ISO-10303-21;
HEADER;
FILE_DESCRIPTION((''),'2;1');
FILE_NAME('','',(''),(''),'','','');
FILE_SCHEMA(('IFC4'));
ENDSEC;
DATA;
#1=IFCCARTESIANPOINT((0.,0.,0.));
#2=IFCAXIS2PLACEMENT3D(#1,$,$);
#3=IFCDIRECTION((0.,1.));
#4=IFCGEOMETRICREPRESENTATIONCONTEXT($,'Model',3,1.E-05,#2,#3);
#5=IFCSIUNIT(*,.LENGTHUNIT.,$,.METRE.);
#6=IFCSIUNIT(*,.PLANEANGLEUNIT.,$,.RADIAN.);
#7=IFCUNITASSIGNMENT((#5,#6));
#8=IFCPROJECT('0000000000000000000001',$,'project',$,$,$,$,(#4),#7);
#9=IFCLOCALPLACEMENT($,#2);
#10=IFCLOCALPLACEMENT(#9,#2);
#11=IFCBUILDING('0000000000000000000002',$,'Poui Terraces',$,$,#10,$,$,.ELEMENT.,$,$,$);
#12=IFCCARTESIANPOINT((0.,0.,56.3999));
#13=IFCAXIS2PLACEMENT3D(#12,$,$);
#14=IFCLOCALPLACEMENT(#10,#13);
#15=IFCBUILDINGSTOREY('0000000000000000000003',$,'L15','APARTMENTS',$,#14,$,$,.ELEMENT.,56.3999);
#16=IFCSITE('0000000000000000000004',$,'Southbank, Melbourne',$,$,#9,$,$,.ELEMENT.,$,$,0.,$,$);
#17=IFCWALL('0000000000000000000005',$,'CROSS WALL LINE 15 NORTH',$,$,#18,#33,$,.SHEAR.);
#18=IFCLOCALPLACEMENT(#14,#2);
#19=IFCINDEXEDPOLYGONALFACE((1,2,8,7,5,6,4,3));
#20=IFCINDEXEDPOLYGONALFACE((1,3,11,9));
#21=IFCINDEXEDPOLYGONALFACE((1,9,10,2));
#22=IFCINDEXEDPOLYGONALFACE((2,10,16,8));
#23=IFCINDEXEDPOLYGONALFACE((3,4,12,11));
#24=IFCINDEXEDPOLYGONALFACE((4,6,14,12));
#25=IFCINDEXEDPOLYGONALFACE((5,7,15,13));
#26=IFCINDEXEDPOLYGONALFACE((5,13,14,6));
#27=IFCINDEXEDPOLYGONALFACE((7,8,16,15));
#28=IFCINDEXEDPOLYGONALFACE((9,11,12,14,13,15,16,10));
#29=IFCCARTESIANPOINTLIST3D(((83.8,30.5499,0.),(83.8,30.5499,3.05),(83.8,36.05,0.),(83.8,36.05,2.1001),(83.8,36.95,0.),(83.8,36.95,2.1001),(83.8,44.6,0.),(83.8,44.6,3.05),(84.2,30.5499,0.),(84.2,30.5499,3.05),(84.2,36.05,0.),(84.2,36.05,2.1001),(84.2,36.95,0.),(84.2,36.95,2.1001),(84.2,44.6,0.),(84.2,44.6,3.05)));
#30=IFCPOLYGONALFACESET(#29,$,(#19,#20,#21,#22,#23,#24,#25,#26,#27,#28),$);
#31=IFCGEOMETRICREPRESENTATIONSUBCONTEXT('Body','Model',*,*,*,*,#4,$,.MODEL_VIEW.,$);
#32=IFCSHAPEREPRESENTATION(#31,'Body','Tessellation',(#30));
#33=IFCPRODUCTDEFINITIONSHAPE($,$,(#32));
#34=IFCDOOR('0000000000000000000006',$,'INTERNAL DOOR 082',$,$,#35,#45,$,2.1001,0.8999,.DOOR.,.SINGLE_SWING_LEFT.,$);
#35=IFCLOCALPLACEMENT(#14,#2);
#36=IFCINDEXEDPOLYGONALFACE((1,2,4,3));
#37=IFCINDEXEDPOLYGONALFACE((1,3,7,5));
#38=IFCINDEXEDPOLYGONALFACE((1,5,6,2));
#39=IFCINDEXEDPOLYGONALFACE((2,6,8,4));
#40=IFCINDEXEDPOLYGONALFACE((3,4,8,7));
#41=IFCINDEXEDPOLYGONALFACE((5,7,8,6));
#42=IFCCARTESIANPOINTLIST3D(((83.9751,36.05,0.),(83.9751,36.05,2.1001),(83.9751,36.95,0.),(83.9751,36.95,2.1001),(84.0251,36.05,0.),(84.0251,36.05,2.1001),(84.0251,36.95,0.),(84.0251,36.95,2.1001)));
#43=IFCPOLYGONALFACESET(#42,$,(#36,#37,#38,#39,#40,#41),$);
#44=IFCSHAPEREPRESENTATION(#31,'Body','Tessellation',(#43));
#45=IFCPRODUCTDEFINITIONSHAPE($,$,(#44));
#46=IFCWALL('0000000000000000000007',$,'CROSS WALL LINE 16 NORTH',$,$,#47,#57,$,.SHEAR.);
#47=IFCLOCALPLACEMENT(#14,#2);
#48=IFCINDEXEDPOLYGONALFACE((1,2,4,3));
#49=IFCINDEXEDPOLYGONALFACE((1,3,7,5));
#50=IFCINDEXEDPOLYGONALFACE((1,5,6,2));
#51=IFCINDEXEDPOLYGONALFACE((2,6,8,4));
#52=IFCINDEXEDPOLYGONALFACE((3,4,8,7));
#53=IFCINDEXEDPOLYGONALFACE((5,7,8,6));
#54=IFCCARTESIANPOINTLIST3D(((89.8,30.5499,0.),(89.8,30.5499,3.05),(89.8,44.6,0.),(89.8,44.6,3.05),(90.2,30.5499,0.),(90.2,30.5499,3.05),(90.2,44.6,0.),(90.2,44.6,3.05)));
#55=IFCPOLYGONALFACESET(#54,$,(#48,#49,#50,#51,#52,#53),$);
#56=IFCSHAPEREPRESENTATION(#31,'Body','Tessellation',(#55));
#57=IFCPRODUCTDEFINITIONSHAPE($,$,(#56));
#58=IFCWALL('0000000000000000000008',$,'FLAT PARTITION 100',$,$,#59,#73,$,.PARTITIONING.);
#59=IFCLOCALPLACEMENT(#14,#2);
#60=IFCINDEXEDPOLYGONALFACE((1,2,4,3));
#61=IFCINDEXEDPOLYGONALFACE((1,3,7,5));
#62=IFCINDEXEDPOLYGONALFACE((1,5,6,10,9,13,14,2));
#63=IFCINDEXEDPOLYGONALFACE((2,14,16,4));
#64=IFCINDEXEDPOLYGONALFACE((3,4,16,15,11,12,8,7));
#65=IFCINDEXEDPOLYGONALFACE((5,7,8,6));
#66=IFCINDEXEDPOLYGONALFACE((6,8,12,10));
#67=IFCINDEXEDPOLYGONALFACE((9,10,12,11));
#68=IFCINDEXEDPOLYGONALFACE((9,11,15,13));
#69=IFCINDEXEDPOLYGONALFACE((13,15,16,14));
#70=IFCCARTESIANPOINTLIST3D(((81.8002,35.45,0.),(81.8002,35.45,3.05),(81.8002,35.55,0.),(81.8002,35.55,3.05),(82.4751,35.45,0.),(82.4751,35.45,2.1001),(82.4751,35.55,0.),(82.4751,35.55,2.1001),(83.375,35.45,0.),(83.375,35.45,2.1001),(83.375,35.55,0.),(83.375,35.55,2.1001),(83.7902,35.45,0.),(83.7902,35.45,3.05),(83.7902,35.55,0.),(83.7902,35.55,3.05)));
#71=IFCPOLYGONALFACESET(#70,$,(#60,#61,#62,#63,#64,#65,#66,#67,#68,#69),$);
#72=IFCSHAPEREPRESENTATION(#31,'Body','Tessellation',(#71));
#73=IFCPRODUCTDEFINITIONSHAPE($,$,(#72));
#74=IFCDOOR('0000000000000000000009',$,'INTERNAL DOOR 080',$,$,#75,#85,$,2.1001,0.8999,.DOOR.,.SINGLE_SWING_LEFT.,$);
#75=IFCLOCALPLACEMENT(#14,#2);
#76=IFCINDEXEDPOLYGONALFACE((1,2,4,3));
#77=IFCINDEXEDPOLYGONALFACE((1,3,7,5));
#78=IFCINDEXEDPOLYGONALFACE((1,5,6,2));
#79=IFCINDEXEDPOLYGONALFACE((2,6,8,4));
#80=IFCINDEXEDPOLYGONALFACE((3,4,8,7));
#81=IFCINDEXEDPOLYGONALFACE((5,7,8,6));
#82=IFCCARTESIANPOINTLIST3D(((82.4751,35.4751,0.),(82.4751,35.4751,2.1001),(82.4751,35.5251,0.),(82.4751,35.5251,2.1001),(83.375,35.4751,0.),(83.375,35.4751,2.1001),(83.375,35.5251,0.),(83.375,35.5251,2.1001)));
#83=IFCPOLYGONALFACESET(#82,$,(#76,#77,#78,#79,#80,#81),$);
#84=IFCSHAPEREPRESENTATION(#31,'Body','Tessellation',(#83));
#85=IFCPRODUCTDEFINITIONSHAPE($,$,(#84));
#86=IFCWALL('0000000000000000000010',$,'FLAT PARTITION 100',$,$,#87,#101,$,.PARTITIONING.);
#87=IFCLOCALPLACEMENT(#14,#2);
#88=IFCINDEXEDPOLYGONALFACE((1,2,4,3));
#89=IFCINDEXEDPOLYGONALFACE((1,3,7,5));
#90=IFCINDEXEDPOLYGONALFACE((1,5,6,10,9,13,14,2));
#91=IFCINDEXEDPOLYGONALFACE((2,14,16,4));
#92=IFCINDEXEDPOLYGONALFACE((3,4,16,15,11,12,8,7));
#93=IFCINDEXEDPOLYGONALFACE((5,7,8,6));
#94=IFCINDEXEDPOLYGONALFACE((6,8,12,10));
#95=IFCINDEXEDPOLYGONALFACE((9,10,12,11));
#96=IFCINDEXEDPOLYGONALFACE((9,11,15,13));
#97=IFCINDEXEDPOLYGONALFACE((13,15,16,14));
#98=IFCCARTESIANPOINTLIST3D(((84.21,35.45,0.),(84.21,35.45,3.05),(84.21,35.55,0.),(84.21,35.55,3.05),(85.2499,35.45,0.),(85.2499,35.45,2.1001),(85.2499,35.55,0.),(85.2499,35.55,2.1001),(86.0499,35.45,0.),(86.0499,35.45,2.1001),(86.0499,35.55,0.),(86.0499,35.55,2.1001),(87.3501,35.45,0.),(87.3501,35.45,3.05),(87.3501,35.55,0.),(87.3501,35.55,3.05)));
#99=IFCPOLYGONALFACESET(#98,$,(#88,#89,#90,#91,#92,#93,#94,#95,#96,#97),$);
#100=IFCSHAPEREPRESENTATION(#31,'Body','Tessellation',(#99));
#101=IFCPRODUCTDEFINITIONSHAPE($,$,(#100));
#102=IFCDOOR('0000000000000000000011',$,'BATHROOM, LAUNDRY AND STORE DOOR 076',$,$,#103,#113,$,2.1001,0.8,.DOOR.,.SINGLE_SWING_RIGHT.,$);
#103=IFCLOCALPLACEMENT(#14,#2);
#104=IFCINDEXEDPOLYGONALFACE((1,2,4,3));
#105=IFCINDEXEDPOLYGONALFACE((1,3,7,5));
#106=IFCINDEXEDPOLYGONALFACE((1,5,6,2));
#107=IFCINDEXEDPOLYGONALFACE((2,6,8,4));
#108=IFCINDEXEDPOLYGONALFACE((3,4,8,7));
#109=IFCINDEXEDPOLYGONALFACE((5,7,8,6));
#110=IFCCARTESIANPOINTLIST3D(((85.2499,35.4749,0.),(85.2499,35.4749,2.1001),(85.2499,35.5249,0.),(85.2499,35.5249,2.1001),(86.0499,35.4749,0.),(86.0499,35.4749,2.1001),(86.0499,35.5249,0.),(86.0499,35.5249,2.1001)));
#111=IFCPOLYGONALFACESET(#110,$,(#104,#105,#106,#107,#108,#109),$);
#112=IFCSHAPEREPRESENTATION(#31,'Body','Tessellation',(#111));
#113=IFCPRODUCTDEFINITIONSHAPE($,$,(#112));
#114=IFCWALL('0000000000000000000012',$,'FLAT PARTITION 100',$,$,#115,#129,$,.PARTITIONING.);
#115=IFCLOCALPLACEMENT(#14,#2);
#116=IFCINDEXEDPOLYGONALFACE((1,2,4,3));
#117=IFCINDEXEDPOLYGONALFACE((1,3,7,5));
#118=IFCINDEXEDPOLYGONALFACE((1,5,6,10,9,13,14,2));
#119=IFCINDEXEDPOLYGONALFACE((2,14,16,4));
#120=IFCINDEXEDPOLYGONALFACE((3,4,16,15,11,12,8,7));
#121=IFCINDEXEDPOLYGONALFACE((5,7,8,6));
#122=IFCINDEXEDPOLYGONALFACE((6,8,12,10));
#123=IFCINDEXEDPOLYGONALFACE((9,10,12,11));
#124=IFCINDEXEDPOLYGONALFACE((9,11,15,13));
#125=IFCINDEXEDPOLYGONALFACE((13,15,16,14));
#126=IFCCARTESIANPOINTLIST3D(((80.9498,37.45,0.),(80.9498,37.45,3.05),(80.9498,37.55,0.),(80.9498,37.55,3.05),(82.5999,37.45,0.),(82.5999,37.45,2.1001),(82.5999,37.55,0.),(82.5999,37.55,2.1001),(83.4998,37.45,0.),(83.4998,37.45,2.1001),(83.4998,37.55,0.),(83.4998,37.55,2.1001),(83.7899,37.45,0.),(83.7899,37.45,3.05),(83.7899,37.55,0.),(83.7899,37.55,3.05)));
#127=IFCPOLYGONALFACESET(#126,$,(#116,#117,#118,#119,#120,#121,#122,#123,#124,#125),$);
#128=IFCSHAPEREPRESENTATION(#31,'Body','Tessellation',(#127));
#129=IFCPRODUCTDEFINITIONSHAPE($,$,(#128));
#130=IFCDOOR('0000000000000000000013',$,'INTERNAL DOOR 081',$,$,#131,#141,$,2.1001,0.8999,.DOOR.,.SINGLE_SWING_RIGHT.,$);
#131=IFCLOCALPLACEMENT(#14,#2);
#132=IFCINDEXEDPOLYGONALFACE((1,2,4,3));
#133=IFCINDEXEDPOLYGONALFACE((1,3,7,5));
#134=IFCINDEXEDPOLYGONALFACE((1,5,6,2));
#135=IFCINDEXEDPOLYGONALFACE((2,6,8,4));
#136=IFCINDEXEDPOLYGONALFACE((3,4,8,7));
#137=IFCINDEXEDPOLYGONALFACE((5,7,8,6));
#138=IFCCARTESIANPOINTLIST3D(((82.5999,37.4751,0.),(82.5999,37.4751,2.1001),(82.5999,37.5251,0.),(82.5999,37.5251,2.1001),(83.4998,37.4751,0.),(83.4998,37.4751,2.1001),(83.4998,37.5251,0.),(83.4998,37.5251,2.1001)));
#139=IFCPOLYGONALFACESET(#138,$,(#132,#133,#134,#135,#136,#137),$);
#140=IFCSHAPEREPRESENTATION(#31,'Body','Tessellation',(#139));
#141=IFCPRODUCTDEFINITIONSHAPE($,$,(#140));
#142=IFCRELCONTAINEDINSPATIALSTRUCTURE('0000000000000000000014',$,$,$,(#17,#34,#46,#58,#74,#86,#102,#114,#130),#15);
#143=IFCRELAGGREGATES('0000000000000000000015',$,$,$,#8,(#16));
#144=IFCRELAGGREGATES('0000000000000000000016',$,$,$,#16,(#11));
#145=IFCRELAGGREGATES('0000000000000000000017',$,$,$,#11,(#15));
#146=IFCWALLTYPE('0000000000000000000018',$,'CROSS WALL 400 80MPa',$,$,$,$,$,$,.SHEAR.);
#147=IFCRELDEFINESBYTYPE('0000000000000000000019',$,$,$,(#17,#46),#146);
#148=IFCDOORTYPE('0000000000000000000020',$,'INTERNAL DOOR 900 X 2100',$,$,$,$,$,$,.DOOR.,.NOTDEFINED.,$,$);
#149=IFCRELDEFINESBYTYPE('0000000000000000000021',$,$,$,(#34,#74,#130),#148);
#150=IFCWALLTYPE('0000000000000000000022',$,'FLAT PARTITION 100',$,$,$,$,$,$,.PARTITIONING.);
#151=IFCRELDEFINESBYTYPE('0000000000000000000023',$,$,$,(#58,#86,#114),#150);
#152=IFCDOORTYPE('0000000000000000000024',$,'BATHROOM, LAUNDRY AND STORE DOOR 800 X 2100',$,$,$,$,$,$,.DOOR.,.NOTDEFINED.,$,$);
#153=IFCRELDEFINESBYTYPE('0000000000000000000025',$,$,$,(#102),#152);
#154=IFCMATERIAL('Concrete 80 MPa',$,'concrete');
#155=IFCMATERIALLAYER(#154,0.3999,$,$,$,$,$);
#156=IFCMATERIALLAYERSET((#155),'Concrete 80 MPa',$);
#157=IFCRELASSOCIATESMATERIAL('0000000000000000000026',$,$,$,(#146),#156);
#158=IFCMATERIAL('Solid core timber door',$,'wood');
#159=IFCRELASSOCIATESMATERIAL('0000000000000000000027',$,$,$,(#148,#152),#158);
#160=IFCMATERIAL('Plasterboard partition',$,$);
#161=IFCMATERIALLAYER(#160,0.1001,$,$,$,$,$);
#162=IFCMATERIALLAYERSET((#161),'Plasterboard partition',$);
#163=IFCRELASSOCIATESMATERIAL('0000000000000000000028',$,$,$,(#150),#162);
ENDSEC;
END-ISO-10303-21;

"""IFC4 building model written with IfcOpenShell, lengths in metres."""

from ifc_helpers import new_model, si_unit, direction, frame, frame_2d, origin, place, context, subcontext, project, spatial, rectangle, extrude, material, layer, layer_set, type_object, element, fill, save


model = new_model("IFC4")

# Units and contexts
model_context = context("Model", 3, precision=1e-05, world=origin(), true_north=direction((0.0, 1.0)))
body_context = subcontext(model_context, "Body", "Model", "MODEL_VIEW")
ifc_project = project(units=[si_unit("LENGTHUNIT", "METRE"), si_unit("PLANEANGLEUNIT", "RADIAN")], contexts=[model_context])

# Site, building, storey
site_placement = place(None, origin())
site = spatial("IfcSite", under=ifc_project, at=site_placement, Name="Southbank, Melbourne", CompositionType="ELEMENT", RefElevation=0.0)
building_placement = place(site_placement, origin())
building = spatial("IfcBuilding", under=site, at=building_placement, Name="Poui Terraces", CompositionType="ELEMENT")
storey_placement = place(building_placement, frame((0.0, 0.0, 56.3999)))
storey = spatial("IfcBuildingStorey", under=building, at=storey_placement, Name="L15", Description="APARTMENTS", CompositionType="ELEMENT", Elevation=56.3999)

# Wall, opening, door
ifc_material_1 = material(Name="Concrete 80 MPa", Category="concrete")
ifc_layer_1 = layer(ifc_material_1, 0.3999)
ifc_layer_set_1 = layer_set([ifc_layer_1], Name="Concrete 80 MPa")
wall_type_1 = type_object("IfcWallType", Name="CROSS WALL 400 80MPa", PredefinedType="SHEAR", material=ifc_layer_set_1)
wall_1_placement = place(storey_placement, frame((84.0, 30.55, 0.0), z_axis=(0.0, 0.0, 1.0), x_axis=(0.0, 1.0, 0.0)))
wall_1 = element("IfcWall", 1, at=wall_1_placement, inside=storey, type_object=wall_type_1, Name="CROSS WALL LINE 15 NORTH", PredefinedType="SHEAR", context=body_context, shape_type="SweptSolid", body=[
    extrude(rectangle(XDim=14.05, YDim=0.3999, at=frame_2d((7.0249, 0.0))), origin(), (0.0, 0.0, 1.0), 3.05),
])
opening_1_placement = place(wall_1_placement, frame((5.5, 0.0, 0.0)))
opening_1 = element("IfcOpeningElement", 2, at=opening_1_placement, cuts=wall_1, PredefinedType="OPENING", context=body_context, shape_type="SweptSolid", body=[
    extrude(rectangle(XDim=0.8999, YDim=2.1001, at=frame_2d((0.45, 1.05))), frame((0.0, 0.21, 0.0), z_axis=(0.0, -1.0, 0.0), x_axis=(1.0, 0.0, 0.0)), (0.0, 0.0, 1.0), 0.4199),
])
ifc_material_2 = material(Name="Solid core timber door", Category="wood")
door_type_1 = type_object("IfcDoorType", Name="INTERNAL DOOR 900 X 2100", OperationType="NOTDEFINED", PredefinedType="DOOR", material=ifc_material_2)
door_1_placement = place(opening_1_placement, origin())
door_1 = element("IfcDoor", 3, at=door_1_placement, inside=storey, type_object=door_type_1, Name="INTERNAL DOOR 082", OperationType="SINGLE_SWING_LEFT", OverallHeight=2.1001, OverallWidth=0.8999, PredefinedType="DOOR", context=body_context, shape_type="SweptSolid", body=[
    extrude(rectangle(XDim=0.8999, YDim=2.1001, at=frame_2d((0.45, 1.05))), frame((0.0, 0.0249, 0.0), z_axis=(0.0, -1.0, 0.0), x_axis=(1.0, 0.0, 0.0)), (0.0, 0.0, 1.0), 0.05),
])
fill(opening_1, door_1)

# Wall
wall_2_placement = place(storey_placement, frame((90.0, 30.55, 0.0), z_axis=(0.0, 0.0, 1.0), x_axis=(0.0, 1.0, 0.0)))
element("IfcWall", 4, at=wall_2_placement, inside=storey, type_object=wall_type_1, Name="CROSS WALL LINE 16 NORTH", PredefinedType="SHEAR", context=body_context, shape_type="SweptSolid", body=[
    extrude(rectangle(XDim=14.05, YDim=0.3999, at=frame_2d((7.0249, 0.0))), origin(), (0.0, 0.0, 1.0), 3.05),
])

# Walls, openings, doors
ifc_material_3 = material(Name="Plasterboard partition")
ifc_layer_2 = layer(ifc_material_3, 0.1001)
ifc_layer_set_2 = layer_set([ifc_layer_2], Name="Plasterboard partition")
wall_type_2 = type_object("IfcWallType", Name="FLAT PARTITION 100", PredefinedType="PARTITIONING", material=ifc_layer_set_2)
wall_3_placement = place(storey_placement, frame((81.8, 35.5, 0.0), z_axis=(0.0, 0.0, 1.0), x_axis=(1.0, 0.0, 0.0)))
wall_3 = element("IfcWall", 5, at=wall_3_placement, inside=storey, type_object=wall_type_2, Name="FLAT PARTITION 100", PredefinedType="PARTITIONING", context=body_context, shape_type="SweptSolid", body=[
    extrude(rectangle(XDim=1.99, YDim=0.1001, at=frame_2d((0.9951, 0.0))), origin(), (0.0, 0.0, 1.0), 3.05),
])
opening_2_placement = place(wall_3_placement, frame((0.675, 0.0, 0.0)))
opening_2 = element("IfcOpeningElement", 6, at=opening_2_placement, cuts=wall_3, PredefinedType="OPENING", context=body_context, shape_type="SweptSolid", body=[
    extrude(rectangle(XDim=0.8999, YDim=2.1001, at=frame_2d((0.45, 1.05))), frame((0.0, 0.0601, 0.0), z_axis=(0.0, -1.0, 0.0), x_axis=(1.0, 0.0, 0.0)), (0.0, 0.0, 1.0), 0.1201),
])
door_2_placement = place(opening_2_placement, frame((0.8999, 0.0, 0.0), z_axis=(0.0, 0.0, 1.0), x_axis=(-1.0, 0.0, 0.0)))
door_2 = element("IfcDoor", 7, at=door_2_placement, inside=storey, type_object=door_type_1, Name="INTERNAL DOOR 080", OperationType="SINGLE_SWING_LEFT", OverallHeight=2.1001, OverallWidth=0.8999, PredefinedType="DOOR", context=body_context, shape_type="SweptSolid", body=[
    extrude(rectangle(XDim=0.8999, YDim=2.1001, at=frame_2d((0.45, 1.05))), frame((0.0, 0.0249, 0.0), z_axis=(0.0, -1.0, 0.0), x_axis=(1.0, 0.0, 0.0)), (0.0, 0.0, 1.0), 0.05),
])
fill(opening_2, door_2)
wall_4_placement = place(storey_placement, frame((84.21, 35.5, 0.0), z_axis=(0.0, 0.0, 1.0), x_axis=(1.0, 0.0, 0.0)))
wall_4 = element("IfcWall", 8, at=wall_4_placement, inside=storey, type_object=wall_type_2, Name="FLAT PARTITION 100", PredefinedType="PARTITIONING", context=body_context, shape_type="SweptSolid", body=[
    extrude(rectangle(XDim=3.1401, YDim=0.1001, at=frame_2d((1.5701, 0.0))), origin(), (0.0, 0.0, 1.0), 3.05),
])
opening_3_placement = place(wall_4_placement, frame((1.04, 0.0, 0.0)))
opening_3 = element("IfcOpeningElement", 9, at=opening_3_placement, cuts=wall_4, PredefinedType="OPENING", context=body_context, shape_type="SweptSolid", body=[
    extrude(rectangle(XDim=0.8, YDim=2.1001, at=frame_2d((0.3999, 1.05))), frame((0.0, 0.0601, 0.0), z_axis=(0.0, -1.0, 0.0), x_axis=(1.0, 0.0, 0.0)), (0.0, 0.0, 1.0), 0.1201),
])
door_type_2 = type_object("IfcDoorType", Name="BATHROOM, LAUNDRY AND STORE DOOR 800 X 2100", OperationType="NOTDEFINED", PredefinedType="DOOR", material=ifc_material_2)
door_3_placement = place(opening_3_placement, origin())
door_3 = element("IfcDoor", 10, at=door_3_placement, inside=storey, type_object=door_type_2, Name="BATHROOM, LAUNDRY AND STORE DOOR 076", OperationType="SINGLE_SWING_RIGHT", OverallHeight=2.1001, OverallWidth=0.8, PredefinedType="DOOR", context=body_context, shape_type="SweptSolid", body=[
    extrude(rectangle(XDim=0.8, YDim=2.1001, at=frame_2d((0.3999, 1.05))), frame((0.0, 0.0249, 0.0), z_axis=(0.0, -1.0, 0.0), x_axis=(1.0, 0.0, 0.0)), (0.0, 0.0, 1.0), 0.05),
])
fill(opening_3, door_3)
wall_5_placement = place(storey_placement, frame((80.95, 37.5, 0.0), z_axis=(0.0, 0.0, 1.0), x_axis=(1.0, 0.0, 0.0)))
wall_5 = element("IfcWall", 11, at=wall_5_placement, inside=storey, type_object=wall_type_2, Name="FLAT PARTITION 100", PredefinedType="PARTITIONING", context=body_context, shape_type="SweptSolid", body=[
    extrude(rectangle(XDim=2.8401, YDim=0.1001, at=frame_2d((1.4199, 0.0))), origin(), (0.0, 0.0, 1.0), 3.05),
])
opening_4_placement = place(wall_5_placement, frame((1.6499, 0.0, 0.0)))
opening_4 = element("IfcOpeningElement", 12, at=opening_4_placement, cuts=wall_5, PredefinedType="OPENING", context=body_context, shape_type="SweptSolid", body=[
    extrude(rectangle(XDim=0.8999, YDim=2.1001, at=frame_2d((0.45, 1.05))), frame((0.0, 0.0601, 0.0), z_axis=(0.0, -1.0, 0.0), x_axis=(1.0, 0.0, 0.0)), (0.0, 0.0, 1.0), 0.1201),
])
door_4_placement = place(opening_4_placement, frame((0.8999, 0.0, 0.0), z_axis=(0.0, 0.0, 1.0), x_axis=(-1.0, 0.0, 0.0)))
door_4 = element("IfcDoor", 13, at=door_4_placement, inside=storey, type_object=door_type_1, Name="INTERNAL DOOR 081", OperationType="SINGLE_SWING_RIGHT", OverallHeight=2.1001, OverallWidth=0.8999, PredefinedType="DOOR", context=body_context, shape_type="SweptSolid", body=[
    extrude(rectangle(XDim=0.8999, YDim=2.1001, at=frame_2d((0.45, 1.05))), frame((0.0, 0.0249, 0.0), z_axis=(0.0, -1.0, 0.0), x_axis=(1.0, 0.0, 0.0)), (0.0, 0.0, 1.0), 0.05),
])
fill(opening_4, door_4)

save(model, "model.ifc")
